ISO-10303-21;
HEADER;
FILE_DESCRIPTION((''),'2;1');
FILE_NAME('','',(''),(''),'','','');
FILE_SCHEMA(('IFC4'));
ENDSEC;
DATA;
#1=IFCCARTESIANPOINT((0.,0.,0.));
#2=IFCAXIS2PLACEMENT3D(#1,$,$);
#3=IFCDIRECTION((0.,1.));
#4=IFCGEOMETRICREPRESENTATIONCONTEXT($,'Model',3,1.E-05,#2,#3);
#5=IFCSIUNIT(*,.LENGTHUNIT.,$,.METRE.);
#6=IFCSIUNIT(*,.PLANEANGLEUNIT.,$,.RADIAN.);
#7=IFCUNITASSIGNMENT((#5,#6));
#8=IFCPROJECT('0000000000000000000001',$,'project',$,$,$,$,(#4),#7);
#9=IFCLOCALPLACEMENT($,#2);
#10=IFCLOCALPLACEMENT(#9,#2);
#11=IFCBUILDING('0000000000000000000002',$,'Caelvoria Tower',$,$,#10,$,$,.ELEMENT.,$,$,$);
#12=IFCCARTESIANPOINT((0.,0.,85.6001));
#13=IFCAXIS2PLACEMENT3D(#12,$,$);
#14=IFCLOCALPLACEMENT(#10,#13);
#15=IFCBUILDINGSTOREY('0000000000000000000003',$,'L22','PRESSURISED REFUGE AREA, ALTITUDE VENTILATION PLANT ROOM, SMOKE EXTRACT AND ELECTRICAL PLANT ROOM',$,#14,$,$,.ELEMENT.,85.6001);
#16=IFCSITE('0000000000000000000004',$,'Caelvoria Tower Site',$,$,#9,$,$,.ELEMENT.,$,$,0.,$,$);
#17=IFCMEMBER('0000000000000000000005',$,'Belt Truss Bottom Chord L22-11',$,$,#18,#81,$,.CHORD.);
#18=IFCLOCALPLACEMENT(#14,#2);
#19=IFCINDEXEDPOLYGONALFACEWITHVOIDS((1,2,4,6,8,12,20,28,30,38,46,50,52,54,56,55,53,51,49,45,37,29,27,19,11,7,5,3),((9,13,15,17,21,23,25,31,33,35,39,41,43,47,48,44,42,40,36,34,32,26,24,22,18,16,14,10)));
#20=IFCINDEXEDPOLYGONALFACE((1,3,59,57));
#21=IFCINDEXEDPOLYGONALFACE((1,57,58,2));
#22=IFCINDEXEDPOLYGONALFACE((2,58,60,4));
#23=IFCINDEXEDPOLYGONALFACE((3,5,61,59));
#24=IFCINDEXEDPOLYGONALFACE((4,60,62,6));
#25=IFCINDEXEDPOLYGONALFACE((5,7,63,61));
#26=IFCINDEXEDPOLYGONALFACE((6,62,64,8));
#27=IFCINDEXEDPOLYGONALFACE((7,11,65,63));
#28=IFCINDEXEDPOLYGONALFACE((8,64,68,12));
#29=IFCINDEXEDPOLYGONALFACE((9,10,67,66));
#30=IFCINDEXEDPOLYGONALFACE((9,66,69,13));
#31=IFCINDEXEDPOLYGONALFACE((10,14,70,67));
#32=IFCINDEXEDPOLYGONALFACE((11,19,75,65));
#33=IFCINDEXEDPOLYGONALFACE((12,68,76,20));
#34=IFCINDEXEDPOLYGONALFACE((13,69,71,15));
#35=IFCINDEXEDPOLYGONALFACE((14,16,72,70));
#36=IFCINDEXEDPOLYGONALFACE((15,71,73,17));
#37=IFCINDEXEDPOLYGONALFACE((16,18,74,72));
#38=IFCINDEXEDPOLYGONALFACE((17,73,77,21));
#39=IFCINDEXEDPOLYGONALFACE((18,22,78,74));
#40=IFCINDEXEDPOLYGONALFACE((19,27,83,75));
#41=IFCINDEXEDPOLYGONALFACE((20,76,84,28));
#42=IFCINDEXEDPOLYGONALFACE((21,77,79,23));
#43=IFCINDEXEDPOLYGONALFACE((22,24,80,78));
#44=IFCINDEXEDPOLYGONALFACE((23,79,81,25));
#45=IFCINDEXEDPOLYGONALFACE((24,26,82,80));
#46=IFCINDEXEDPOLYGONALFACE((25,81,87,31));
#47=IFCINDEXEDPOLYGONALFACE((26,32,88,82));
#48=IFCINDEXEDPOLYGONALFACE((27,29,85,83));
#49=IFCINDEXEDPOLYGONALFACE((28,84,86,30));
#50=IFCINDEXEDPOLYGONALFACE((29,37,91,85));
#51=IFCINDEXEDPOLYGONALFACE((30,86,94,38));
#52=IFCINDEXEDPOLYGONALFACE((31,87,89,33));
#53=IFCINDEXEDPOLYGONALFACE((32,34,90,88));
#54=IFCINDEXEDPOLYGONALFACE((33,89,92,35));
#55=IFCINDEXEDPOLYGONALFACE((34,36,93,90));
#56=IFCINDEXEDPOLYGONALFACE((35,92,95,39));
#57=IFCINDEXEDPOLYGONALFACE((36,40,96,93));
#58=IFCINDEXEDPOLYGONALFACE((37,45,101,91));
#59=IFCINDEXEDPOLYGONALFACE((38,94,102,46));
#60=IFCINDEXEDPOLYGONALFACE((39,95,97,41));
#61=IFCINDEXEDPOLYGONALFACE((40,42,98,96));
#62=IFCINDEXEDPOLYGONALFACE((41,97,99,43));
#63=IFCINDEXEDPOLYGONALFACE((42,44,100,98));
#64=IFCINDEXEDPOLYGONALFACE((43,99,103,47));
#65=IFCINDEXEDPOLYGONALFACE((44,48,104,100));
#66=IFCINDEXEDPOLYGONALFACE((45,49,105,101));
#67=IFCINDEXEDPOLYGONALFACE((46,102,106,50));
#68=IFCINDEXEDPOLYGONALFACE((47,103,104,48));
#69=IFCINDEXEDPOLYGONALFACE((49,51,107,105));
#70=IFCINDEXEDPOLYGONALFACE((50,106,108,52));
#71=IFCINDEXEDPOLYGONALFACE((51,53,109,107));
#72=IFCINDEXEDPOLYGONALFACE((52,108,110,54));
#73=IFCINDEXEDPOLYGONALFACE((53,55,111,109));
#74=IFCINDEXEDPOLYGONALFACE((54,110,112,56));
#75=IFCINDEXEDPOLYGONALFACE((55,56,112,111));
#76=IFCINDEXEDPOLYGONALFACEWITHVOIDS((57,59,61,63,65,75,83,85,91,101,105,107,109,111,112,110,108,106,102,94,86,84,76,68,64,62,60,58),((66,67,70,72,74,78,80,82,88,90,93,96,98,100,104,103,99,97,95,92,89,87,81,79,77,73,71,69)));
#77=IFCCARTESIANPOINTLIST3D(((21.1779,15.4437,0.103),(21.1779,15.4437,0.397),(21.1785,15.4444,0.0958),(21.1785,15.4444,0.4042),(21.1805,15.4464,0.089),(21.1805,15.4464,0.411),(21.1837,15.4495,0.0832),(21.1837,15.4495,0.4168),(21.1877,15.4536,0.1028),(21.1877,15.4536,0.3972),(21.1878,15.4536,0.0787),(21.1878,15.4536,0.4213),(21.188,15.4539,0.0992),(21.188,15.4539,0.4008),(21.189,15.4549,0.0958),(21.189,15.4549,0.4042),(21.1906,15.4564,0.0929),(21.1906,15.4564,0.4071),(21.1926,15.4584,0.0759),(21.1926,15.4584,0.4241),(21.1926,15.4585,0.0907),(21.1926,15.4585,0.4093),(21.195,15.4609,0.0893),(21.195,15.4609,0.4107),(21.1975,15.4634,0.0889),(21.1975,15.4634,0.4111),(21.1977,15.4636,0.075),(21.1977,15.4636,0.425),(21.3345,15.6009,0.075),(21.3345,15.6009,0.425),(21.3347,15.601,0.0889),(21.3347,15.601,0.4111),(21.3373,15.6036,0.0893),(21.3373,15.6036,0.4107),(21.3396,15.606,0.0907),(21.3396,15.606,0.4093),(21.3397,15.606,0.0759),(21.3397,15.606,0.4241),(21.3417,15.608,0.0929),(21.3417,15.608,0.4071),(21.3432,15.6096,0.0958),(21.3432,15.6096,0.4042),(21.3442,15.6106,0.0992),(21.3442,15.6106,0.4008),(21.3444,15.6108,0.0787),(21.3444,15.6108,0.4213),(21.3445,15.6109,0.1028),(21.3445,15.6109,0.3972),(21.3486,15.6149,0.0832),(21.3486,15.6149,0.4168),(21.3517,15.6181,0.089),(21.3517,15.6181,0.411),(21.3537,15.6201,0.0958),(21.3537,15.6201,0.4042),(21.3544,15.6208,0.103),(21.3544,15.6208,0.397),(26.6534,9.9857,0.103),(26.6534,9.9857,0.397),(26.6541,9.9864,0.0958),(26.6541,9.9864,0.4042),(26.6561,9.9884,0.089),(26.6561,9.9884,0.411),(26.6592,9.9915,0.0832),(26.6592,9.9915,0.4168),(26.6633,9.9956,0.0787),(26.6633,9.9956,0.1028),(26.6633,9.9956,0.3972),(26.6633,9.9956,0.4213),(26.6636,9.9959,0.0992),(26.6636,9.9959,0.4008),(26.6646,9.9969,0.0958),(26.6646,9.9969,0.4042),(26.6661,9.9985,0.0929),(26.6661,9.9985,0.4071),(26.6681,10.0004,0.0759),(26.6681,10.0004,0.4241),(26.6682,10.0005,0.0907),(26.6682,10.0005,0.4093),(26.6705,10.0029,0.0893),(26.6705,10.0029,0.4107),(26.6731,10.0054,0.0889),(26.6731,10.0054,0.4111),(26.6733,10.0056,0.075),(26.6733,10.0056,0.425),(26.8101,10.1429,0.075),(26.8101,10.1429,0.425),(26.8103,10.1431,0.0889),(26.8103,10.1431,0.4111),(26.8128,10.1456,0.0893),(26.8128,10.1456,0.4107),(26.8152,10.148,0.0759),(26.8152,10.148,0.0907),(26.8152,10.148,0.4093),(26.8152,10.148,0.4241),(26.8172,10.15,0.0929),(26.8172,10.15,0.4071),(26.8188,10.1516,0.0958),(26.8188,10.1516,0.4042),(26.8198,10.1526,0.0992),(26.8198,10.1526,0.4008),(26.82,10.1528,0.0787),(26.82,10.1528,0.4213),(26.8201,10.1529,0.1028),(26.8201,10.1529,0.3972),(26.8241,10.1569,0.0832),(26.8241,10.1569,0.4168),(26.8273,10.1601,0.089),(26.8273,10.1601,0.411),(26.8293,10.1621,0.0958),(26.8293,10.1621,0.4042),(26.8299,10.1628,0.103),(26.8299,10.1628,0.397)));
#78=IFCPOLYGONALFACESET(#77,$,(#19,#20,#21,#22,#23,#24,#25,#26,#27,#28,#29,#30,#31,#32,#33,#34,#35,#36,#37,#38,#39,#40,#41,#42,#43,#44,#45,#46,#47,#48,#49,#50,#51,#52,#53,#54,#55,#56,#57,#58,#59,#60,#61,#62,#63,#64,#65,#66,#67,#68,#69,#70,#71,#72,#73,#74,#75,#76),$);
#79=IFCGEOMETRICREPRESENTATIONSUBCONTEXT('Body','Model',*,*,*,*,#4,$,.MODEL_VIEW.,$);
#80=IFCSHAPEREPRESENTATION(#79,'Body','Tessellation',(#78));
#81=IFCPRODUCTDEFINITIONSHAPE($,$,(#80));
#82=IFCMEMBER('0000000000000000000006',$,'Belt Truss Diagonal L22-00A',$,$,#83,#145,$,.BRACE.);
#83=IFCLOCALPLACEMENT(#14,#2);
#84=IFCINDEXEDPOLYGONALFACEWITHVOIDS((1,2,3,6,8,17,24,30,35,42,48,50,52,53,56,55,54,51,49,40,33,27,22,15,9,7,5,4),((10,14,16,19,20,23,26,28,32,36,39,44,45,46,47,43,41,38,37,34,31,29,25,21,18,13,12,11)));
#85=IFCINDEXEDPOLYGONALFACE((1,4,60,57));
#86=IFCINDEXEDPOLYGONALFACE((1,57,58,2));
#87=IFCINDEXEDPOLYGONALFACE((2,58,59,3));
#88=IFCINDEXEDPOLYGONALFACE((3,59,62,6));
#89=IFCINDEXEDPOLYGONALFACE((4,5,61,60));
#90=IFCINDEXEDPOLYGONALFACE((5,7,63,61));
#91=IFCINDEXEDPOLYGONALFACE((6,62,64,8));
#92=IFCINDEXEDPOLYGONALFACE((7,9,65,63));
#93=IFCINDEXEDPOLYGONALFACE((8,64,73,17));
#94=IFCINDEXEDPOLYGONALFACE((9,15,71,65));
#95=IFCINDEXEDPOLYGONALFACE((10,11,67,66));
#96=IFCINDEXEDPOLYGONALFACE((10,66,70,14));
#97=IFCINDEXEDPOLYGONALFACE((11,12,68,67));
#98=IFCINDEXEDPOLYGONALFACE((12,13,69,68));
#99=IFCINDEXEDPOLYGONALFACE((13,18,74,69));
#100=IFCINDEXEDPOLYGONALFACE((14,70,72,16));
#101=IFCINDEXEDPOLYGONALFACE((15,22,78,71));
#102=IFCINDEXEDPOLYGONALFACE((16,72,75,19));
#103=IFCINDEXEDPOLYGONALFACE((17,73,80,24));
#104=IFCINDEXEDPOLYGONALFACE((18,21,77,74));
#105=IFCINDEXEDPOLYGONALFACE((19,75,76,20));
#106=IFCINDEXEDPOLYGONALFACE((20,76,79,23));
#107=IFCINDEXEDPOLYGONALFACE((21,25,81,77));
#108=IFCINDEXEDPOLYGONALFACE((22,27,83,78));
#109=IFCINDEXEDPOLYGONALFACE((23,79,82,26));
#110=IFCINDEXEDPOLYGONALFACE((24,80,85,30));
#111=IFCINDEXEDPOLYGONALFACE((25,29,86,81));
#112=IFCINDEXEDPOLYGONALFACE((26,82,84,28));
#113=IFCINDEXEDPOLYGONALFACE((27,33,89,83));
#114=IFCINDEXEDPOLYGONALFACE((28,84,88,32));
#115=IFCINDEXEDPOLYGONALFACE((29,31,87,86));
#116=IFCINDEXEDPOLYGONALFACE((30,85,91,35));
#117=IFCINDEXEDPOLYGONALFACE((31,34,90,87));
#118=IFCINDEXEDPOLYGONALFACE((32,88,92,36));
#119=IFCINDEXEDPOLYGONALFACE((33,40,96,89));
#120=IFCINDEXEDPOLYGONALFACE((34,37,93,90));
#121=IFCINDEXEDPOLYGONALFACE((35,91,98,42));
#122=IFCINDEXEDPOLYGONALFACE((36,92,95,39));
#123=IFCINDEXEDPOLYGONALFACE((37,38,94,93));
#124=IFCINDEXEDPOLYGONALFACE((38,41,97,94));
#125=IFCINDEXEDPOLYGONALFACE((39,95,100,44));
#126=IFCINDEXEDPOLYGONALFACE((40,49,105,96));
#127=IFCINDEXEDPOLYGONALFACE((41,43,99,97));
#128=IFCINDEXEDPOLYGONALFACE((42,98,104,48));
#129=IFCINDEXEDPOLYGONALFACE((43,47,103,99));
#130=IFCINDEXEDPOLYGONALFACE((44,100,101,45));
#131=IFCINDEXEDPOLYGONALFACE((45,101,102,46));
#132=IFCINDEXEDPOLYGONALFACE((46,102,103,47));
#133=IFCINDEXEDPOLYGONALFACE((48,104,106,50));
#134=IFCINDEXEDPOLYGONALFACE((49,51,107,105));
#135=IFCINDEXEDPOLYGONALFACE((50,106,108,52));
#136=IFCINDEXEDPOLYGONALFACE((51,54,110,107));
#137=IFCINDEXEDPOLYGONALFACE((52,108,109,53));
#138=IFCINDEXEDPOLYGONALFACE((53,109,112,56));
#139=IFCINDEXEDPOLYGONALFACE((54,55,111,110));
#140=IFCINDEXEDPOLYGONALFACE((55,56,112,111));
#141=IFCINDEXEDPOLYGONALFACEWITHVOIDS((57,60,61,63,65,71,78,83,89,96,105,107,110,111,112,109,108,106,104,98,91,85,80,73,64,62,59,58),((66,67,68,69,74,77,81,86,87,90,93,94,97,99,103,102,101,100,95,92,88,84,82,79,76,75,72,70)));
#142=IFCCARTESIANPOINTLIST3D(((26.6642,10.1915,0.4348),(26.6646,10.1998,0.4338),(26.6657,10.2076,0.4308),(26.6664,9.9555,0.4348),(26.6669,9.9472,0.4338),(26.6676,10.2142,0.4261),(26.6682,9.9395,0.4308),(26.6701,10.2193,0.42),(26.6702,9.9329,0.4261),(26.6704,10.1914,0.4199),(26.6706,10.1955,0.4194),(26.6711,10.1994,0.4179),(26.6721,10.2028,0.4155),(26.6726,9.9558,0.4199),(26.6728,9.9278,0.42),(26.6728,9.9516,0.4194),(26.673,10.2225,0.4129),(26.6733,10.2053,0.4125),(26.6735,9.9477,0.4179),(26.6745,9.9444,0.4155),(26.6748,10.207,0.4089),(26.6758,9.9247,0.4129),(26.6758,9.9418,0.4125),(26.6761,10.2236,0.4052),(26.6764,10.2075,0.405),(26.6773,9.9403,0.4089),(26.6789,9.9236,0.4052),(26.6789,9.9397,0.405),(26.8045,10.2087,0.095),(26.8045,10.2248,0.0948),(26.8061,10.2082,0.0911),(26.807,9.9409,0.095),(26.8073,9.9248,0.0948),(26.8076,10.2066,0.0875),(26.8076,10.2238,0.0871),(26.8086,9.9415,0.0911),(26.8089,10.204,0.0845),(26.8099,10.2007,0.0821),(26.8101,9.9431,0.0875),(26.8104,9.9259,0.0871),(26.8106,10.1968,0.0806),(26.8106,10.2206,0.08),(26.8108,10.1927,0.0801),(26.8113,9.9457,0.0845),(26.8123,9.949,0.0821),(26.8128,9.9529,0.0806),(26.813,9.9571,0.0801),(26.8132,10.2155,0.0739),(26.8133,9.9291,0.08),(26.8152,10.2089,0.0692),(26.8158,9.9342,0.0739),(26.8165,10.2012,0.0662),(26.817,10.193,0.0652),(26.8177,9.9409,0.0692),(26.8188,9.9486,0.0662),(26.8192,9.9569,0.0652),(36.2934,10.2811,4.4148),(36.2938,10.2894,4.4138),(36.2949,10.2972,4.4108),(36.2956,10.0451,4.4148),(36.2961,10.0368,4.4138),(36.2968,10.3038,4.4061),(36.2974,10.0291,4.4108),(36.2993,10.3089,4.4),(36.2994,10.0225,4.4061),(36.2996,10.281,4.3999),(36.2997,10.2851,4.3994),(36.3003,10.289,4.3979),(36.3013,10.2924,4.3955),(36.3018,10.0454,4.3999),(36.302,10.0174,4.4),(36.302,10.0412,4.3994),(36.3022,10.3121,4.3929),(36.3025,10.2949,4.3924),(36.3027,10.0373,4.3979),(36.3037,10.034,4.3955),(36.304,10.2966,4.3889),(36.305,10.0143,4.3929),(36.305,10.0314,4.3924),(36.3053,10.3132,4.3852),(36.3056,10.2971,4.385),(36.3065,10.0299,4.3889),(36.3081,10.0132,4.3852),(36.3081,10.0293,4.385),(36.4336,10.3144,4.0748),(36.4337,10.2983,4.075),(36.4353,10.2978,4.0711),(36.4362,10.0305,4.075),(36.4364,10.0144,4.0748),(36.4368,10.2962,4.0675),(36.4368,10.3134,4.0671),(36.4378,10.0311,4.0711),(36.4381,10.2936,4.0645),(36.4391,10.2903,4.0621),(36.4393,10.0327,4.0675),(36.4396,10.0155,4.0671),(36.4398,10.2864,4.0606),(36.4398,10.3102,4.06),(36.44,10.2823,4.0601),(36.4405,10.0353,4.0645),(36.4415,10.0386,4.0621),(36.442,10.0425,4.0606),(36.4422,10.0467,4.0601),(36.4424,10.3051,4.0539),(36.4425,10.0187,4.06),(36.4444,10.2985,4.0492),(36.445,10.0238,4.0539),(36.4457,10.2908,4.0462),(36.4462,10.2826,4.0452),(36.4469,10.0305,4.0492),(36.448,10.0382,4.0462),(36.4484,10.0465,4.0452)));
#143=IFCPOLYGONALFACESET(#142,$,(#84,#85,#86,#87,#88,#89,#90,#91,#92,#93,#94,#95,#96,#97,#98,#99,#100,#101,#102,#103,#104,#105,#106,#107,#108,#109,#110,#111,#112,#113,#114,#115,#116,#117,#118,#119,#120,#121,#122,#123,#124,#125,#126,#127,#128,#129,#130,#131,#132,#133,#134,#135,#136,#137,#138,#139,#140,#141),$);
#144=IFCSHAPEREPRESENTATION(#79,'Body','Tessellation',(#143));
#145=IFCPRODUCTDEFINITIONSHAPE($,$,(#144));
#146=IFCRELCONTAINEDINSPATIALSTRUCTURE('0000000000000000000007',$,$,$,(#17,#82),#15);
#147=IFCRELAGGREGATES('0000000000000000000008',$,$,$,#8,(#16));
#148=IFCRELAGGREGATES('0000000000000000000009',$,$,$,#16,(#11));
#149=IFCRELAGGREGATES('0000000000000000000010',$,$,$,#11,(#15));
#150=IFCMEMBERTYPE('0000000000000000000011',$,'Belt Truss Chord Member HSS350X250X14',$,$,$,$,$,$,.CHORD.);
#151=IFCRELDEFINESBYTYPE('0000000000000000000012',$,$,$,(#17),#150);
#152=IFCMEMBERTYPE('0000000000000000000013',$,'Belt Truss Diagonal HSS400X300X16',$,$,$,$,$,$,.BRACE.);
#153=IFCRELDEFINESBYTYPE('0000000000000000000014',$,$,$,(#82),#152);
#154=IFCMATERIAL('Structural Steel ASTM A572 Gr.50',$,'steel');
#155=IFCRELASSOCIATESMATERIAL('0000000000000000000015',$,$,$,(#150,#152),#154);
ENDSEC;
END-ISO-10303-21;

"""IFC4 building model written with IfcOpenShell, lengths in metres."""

from ifc_helpers import new_model, si_unit, direction, frame, origin, origin_2d, place, context, subcontext, project, spatial, hollow_rectangle, extrude, material, material_profile, profile_set, type_object, element, save


model = new_model("IFC4")

# Units and contexts
model_context = context("Model", 3, precision=1e-05, world=origin(), true_north=direction((0.0, 1.0)))
body_context = subcontext(model_context, "Body", "Model", "MODEL_VIEW")
ifc_project = project(units=[si_unit("LENGTHUNIT", "METRE"), si_unit("PLANEANGLEUNIT", "RADIAN")], contexts=[model_context])

# Site, building, storey
site_placement = place(None, origin())
site = spatial("IfcSite", under=ifc_project, at=site_placement, Name="Caelvoria Tower Site", CompositionType="ELEMENT", RefElevation=0.0)
building_placement = place(site_placement, origin())
building = spatial("IfcBuilding", under=site, at=building_placement, Name="Caelvoria Tower", CompositionType="ELEMENT")
storey_placement = place(building_placement, frame((0.0, 0.0, 85.6001)))
storey = spatial("IfcBuildingStorey", under=building, at=storey_placement, Name="L22", Description="PRESSURISED REFUGE AREA, ALTITUDE VENTILATION PLANT ROOM, SMOKE EXTRACT AND ELECTRICAL PLANT ROOM", CompositionType="ELEMENT", Elevation=85.6001)

# Shared definitions
ifc_material_1 = material(Name="Structural Steel ASTM A572 Gr.50", Category="steel")

# Members
ifc_material_profile_1 = material_profile(ifc_material_1, hollow_rectangle(XDim=0.25, YDim=0.3501, WallThickness=0.0139, InnerFilletRadius=0.0139, OuterFilletRadius=0.0281, at=origin_2d()), Name="Structural Steel ASTM A572 Gr.50")
ifc_profile_set_1 = profile_set([ifc_material_profile_1], Name="HSS350X250X14 - Structural Steel ASTM A572 Gr.50")
member_type_1 = type_object("IfcMemberType", Name="Belt Truss Chord Member HSS350X250X14", PredefinedType="CHORD", material=ifc_profile_set_1)
member_1_placement = place(storey_placement, frame((21.2661, 15.5322, 0.25), z_axis=(0.708243, -0.705969, 0.0), x_axis=(0.705969, 0.708243, 0.0)))
element("IfcMember", 1, at=member_1_placement, inside=storey, type_object=member_type_1, Name="Belt Truss Bottom Chord L22-11", PredefinedType="CHORD", context=body_context, shape_type="SweptSolid", body=[
    extrude(hollow_rectangle(XDim=0.25, YDim=0.3501, WallThickness=0.0139, InnerFilletRadius=0.0139, OuterFilletRadius=0.0281, at=origin_2d()), origin(), (0.0, 0.0, 1.0), 7.7312),
])
ifc_material_profile_2 = material_profile(ifc_material_1, hollow_rectangle(XDim=0.3, YDim=0.3999, WallThickness=0.0161, InnerFilletRadius=0.0161, OuterFilletRadius=0.032, at=origin_2d()), Name="Structural Steel ASTM A572 Gr.50")
ifc_profile_set_2 = profile_set([ifc_material_profile_2], Name="HSS400X300X16 - Structural Steel ASTM A572 Gr.50")
member_type_2 = type_object("IfcMemberType", Name="Belt Truss Diagonal HSS400X300X16", PredefinedType="BRACE", material=ifc_profile_set_2)
member_2_placement = place(storey_placement, frame((26.7417, 10.0742, 0.25), z_axis=(0.924135, 0.008599, 0.381969), x_axis=(-0.009305, 0.999957, 0.0)))
element("IfcMember", 2, at=member_2_placement, inside=storey, type_object=member_type_2, Name="Belt Truss Diagonal L22-00A", PredefinedType="BRACE", context=body_context, shape_type="SweptSolid", body=[
    extrude(hollow_rectangle(XDim=0.3, YDim=0.3999, WallThickness=0.0161, InnerFilletRadius=0.0161, OuterFilletRadius=0.032, at=origin_2d()), origin(), (0.0, 0.0, 1.0), 10.4197),
])

save(model, "model.ifc")
